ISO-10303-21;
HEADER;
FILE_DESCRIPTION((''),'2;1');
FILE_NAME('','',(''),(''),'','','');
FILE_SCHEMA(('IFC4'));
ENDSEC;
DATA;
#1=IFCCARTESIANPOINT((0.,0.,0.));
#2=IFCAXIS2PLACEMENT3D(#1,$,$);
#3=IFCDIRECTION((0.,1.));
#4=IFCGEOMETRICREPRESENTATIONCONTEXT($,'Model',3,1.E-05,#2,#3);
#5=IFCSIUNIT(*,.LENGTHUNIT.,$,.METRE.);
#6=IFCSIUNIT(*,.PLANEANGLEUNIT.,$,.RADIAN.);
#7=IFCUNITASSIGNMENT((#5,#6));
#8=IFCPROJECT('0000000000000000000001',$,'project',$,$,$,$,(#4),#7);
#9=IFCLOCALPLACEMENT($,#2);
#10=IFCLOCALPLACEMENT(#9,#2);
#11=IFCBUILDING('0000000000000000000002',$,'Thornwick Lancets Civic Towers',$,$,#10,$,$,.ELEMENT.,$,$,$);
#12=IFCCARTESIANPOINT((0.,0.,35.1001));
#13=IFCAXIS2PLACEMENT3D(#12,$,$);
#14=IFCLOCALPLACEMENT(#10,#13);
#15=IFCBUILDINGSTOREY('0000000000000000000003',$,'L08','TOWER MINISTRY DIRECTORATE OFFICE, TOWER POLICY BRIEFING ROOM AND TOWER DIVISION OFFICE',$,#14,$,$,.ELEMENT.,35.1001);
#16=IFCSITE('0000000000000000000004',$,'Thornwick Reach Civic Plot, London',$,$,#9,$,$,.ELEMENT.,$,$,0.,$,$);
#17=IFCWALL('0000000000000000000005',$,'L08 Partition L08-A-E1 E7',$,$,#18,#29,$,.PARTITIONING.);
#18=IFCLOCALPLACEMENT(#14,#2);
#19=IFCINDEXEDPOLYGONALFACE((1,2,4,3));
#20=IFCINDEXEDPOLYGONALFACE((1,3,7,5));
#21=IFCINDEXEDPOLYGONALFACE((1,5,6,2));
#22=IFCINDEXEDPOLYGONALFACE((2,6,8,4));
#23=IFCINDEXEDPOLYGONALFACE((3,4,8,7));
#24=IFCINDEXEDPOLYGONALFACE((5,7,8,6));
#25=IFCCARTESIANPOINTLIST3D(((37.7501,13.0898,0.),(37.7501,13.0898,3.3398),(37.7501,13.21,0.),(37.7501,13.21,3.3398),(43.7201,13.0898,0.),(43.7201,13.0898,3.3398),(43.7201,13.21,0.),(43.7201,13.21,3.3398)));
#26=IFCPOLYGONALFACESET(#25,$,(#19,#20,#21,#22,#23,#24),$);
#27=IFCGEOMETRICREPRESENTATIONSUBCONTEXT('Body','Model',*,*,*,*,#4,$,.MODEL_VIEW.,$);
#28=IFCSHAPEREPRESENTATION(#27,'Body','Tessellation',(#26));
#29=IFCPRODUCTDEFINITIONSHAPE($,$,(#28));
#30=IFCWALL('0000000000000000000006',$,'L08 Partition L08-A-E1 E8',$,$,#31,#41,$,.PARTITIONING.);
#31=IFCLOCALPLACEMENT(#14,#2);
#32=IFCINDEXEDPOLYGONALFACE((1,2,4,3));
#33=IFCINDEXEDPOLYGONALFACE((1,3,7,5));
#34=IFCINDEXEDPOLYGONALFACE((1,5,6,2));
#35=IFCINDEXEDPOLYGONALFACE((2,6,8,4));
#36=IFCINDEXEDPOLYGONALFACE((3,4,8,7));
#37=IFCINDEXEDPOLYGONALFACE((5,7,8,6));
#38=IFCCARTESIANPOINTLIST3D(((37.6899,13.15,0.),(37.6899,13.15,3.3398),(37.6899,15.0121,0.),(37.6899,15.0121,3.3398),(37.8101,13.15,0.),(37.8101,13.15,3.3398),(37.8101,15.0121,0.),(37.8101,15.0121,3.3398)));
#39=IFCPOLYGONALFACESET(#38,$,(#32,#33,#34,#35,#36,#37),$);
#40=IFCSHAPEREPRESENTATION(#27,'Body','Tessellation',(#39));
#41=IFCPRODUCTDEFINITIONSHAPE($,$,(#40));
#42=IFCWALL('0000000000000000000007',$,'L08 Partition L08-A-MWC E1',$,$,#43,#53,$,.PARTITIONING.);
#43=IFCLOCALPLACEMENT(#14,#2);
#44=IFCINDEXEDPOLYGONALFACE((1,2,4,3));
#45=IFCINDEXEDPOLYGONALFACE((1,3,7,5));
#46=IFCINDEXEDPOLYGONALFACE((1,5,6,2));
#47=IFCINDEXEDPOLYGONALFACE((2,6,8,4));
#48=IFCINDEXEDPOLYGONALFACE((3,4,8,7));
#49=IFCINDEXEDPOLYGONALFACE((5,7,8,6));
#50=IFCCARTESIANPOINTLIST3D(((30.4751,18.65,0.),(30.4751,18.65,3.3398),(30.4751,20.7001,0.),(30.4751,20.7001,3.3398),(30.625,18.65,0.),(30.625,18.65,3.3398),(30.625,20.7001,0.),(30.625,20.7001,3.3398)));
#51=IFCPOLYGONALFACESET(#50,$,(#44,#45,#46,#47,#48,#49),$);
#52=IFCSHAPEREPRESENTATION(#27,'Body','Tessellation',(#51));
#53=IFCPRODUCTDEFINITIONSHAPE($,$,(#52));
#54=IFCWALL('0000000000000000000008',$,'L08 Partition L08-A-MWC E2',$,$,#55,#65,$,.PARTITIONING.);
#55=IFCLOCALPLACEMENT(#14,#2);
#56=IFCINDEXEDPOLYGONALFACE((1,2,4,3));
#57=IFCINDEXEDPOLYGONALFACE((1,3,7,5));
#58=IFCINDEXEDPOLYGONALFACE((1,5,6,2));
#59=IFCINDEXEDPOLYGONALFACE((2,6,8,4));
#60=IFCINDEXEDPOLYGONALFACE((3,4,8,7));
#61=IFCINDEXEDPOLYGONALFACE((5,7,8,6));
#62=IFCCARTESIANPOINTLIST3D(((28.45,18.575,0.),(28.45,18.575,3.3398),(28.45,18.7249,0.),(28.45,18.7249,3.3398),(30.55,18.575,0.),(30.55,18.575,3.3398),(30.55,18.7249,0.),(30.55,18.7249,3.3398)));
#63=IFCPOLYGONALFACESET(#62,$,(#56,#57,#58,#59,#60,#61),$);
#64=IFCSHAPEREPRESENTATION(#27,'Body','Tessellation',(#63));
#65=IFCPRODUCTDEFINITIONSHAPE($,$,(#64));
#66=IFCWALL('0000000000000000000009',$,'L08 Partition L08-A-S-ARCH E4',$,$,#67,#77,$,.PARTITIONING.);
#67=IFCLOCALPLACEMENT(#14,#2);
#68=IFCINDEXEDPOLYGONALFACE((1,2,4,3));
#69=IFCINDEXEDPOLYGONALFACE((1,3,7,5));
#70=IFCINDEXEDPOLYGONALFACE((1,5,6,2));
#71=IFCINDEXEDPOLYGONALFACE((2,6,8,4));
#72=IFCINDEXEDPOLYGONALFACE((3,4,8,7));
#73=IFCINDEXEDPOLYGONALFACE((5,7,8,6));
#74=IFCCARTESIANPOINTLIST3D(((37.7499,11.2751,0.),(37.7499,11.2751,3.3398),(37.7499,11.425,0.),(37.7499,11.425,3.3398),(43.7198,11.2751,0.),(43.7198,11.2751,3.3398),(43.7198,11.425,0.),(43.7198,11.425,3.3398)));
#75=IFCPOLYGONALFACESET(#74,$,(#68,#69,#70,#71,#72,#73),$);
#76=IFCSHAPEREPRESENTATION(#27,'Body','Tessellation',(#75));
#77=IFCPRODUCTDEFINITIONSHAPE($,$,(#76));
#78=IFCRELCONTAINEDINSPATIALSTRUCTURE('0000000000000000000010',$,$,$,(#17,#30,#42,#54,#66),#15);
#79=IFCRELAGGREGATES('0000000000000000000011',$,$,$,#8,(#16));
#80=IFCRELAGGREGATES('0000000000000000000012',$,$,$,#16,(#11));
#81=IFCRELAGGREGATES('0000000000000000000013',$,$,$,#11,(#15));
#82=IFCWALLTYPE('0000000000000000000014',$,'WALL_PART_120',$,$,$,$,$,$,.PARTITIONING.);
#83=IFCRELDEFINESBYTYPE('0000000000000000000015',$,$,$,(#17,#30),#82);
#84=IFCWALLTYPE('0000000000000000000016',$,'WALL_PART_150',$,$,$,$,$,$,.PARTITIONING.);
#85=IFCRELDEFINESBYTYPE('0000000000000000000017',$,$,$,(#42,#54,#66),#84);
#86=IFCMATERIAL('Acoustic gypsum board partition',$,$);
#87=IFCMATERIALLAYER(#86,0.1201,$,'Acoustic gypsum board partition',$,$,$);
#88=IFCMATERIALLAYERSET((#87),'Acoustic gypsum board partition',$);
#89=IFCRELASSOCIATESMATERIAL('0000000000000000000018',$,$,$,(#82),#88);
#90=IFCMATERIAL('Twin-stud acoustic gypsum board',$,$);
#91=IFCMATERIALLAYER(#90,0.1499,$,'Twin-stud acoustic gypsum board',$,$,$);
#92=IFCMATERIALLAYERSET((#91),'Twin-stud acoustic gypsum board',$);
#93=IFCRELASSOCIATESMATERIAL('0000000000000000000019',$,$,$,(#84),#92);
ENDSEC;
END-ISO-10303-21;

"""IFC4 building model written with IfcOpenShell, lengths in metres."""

from ifc_helpers import new_model, si_unit, direction, frame, frame_2d, origin, place, context, subcontext, project, spatial, rectangle, extrude, material, layer, layer_set, type_object, element, save


model = new_model("IFC4")

# Units and contexts
model_context = context("Model", 3, precision=1e-05, world=origin(), true_north=direction((0.0, 1.0)))
body_context = subcontext(model_context, "Body", "Model", "MODEL_VIEW")
ifc_project = project(units=[si_unit("LENGTHUNIT", "METRE"), si_unit("PLANEANGLEUNIT", "RADIAN")], contexts=[model_context])

# Site, building, storey
site_placement = place(None, origin())
site = spatial("IfcSite", under=ifc_project, at=site_placement, Name="Thornwick Reach Civic Plot, London", CompositionType="ELEMENT", RefElevation=0.0)
building_placement = place(site_placement, origin())
building = spatial("IfcBuilding", under=site, at=building_placement, Name="Thornwick Lancets Civic Towers", CompositionType="ELEMENT")
storey_placement = place(building_placement, frame((0.0, 0.0, 35.1001)))
storey = spatial("IfcBuildingStorey", under=building, at=storey_placement, Name="L08", Description="TOWER MINISTRY DIRECTORATE OFFICE, TOWER POLICY BRIEFING ROOM AND TOWER DIVISION OFFICE", CompositionType="ELEMENT", Elevation=35.1001)

# Walls
ifc_material_1 = material(Name="Acoustic gypsum board partition")
ifc_layer_1 = layer(ifc_material_1, 0.1201, Name="Acoustic gypsum board partition")
ifc_layer_set_1 = layer_set([ifc_layer_1], Name="Acoustic gypsum board partition")
wall_type_1 = type_object("IfcWallType", Name="WALL_PART_120", PredefinedType="PARTITIONING", material=ifc_layer_set_1)
wall_1_placement = place(storey_placement, frame((43.72, 13.1499, 0.0), z_axis=(0.0, 0.0, 1.0), x_axis=(-1.0, 0.0, 0.0)))
element("IfcWall", 1, at=wall_1_placement, inside=storey, type_object=wall_type_1, Name="L08 Partition L08-A-E1 E7", PredefinedType="PARTITIONING", context=body_context, shape_type="SweptSolid", body=[
    extrude(rectangle(XDim=5.97, YDim=0.1201, at=frame_2d((2.9849, 0.0))), origin(), (0.0, 0.0, 1.0), 3.3398),
])
wall_2_placement = place(storey_placement, frame((37.75, 13.1499, 0.0), z_axis=(0.0, 0.0, 1.0), x_axis=(0.0, 1.0, 0.0)))
element("IfcWall", 2, at=wall_2_placement, inside=storey, type_object=wall_type_1, Name="L08 Partition L08-A-E1 E8", PredefinedType="PARTITIONING", context=body_context, shape_type="SweptSolid", body=[
    extrude(rectangle(XDim=1.8621, YDim=0.1201, at=frame_2d((0.9312, 0.0))), origin(), (0.0, 0.0, 1.0), 3.3398),
])
ifc_material_2 = material(Name="Twin-stud acoustic gypsum board")
ifc_layer_2 = layer(ifc_material_2, 0.1499, Name="Twin-stud acoustic gypsum board")
ifc_layer_set_2 = layer_set([ifc_layer_2], Name="Twin-stud acoustic gypsum board")
wall_type_2 = type_object("IfcWallType", Name="WALL_PART_150", PredefinedType="PARTITIONING", material=ifc_layer_set_2)
wall_3_placement = place(storey_placement, frame((30.55, 20.7, 0.0), z_axis=(0.0, 0.0, 1.0), x_axis=(0.0, -1.0, 0.0)))
element("IfcWall", 3, at=wall_3_placement, inside=storey, type_object=wall_type_2, Name="L08 Partition L08-A-MWC E1", PredefinedType="PARTITIONING", context=body_context, shape_type="SweptSolid", body=[
    extrude(rectangle(XDim=2.05, YDim=0.1499, at=frame_2d((1.0249, 0.0))), origin(), (0.0, 0.0, 1.0), 3.3398),
])
wall_4_placement = place(storey_placement, frame((30.55, 18.6499, 0.0), z_axis=(0.0, 0.0, 1.0), x_axis=(-1.0, 0.0, 0.0)))
element("IfcWall", 4, at=wall_4_placement, inside=storey, type_object=wall_type_2, Name="L08 Partition L08-A-MWC E2", PredefinedType="PARTITIONING", context=body_context, shape_type="SweptSolid", body=[
    extrude(rectangle(XDim=2.1001, YDim=0.1499, at=frame_2d((1.05, 0.0))), origin(), (0.0, 0.0, 1.0), 3.3398),
])
wall_5_placement = place(storey_placement, frame((37.75, 11.3501, 0.0), z_axis=(0.0, 0.0, 1.0), x_axis=(1.0, 0.0, 0.0)))
element("IfcWall", 5, at=wall_5_placement, inside=storey, type_object=wall_type_2, Name="L08 Partition L08-A-S-ARCH E4", PredefinedType="PARTITIONING", context=body_context, shape_type="SweptSolid", body=[
    extrude(rectangle(XDim=5.97, YDim=0.1499, at=frame_2d((2.9849, 0.0))), origin(), (0.0, 0.0, 1.0), 3.3398),
])

save(model, "model.ifc")
